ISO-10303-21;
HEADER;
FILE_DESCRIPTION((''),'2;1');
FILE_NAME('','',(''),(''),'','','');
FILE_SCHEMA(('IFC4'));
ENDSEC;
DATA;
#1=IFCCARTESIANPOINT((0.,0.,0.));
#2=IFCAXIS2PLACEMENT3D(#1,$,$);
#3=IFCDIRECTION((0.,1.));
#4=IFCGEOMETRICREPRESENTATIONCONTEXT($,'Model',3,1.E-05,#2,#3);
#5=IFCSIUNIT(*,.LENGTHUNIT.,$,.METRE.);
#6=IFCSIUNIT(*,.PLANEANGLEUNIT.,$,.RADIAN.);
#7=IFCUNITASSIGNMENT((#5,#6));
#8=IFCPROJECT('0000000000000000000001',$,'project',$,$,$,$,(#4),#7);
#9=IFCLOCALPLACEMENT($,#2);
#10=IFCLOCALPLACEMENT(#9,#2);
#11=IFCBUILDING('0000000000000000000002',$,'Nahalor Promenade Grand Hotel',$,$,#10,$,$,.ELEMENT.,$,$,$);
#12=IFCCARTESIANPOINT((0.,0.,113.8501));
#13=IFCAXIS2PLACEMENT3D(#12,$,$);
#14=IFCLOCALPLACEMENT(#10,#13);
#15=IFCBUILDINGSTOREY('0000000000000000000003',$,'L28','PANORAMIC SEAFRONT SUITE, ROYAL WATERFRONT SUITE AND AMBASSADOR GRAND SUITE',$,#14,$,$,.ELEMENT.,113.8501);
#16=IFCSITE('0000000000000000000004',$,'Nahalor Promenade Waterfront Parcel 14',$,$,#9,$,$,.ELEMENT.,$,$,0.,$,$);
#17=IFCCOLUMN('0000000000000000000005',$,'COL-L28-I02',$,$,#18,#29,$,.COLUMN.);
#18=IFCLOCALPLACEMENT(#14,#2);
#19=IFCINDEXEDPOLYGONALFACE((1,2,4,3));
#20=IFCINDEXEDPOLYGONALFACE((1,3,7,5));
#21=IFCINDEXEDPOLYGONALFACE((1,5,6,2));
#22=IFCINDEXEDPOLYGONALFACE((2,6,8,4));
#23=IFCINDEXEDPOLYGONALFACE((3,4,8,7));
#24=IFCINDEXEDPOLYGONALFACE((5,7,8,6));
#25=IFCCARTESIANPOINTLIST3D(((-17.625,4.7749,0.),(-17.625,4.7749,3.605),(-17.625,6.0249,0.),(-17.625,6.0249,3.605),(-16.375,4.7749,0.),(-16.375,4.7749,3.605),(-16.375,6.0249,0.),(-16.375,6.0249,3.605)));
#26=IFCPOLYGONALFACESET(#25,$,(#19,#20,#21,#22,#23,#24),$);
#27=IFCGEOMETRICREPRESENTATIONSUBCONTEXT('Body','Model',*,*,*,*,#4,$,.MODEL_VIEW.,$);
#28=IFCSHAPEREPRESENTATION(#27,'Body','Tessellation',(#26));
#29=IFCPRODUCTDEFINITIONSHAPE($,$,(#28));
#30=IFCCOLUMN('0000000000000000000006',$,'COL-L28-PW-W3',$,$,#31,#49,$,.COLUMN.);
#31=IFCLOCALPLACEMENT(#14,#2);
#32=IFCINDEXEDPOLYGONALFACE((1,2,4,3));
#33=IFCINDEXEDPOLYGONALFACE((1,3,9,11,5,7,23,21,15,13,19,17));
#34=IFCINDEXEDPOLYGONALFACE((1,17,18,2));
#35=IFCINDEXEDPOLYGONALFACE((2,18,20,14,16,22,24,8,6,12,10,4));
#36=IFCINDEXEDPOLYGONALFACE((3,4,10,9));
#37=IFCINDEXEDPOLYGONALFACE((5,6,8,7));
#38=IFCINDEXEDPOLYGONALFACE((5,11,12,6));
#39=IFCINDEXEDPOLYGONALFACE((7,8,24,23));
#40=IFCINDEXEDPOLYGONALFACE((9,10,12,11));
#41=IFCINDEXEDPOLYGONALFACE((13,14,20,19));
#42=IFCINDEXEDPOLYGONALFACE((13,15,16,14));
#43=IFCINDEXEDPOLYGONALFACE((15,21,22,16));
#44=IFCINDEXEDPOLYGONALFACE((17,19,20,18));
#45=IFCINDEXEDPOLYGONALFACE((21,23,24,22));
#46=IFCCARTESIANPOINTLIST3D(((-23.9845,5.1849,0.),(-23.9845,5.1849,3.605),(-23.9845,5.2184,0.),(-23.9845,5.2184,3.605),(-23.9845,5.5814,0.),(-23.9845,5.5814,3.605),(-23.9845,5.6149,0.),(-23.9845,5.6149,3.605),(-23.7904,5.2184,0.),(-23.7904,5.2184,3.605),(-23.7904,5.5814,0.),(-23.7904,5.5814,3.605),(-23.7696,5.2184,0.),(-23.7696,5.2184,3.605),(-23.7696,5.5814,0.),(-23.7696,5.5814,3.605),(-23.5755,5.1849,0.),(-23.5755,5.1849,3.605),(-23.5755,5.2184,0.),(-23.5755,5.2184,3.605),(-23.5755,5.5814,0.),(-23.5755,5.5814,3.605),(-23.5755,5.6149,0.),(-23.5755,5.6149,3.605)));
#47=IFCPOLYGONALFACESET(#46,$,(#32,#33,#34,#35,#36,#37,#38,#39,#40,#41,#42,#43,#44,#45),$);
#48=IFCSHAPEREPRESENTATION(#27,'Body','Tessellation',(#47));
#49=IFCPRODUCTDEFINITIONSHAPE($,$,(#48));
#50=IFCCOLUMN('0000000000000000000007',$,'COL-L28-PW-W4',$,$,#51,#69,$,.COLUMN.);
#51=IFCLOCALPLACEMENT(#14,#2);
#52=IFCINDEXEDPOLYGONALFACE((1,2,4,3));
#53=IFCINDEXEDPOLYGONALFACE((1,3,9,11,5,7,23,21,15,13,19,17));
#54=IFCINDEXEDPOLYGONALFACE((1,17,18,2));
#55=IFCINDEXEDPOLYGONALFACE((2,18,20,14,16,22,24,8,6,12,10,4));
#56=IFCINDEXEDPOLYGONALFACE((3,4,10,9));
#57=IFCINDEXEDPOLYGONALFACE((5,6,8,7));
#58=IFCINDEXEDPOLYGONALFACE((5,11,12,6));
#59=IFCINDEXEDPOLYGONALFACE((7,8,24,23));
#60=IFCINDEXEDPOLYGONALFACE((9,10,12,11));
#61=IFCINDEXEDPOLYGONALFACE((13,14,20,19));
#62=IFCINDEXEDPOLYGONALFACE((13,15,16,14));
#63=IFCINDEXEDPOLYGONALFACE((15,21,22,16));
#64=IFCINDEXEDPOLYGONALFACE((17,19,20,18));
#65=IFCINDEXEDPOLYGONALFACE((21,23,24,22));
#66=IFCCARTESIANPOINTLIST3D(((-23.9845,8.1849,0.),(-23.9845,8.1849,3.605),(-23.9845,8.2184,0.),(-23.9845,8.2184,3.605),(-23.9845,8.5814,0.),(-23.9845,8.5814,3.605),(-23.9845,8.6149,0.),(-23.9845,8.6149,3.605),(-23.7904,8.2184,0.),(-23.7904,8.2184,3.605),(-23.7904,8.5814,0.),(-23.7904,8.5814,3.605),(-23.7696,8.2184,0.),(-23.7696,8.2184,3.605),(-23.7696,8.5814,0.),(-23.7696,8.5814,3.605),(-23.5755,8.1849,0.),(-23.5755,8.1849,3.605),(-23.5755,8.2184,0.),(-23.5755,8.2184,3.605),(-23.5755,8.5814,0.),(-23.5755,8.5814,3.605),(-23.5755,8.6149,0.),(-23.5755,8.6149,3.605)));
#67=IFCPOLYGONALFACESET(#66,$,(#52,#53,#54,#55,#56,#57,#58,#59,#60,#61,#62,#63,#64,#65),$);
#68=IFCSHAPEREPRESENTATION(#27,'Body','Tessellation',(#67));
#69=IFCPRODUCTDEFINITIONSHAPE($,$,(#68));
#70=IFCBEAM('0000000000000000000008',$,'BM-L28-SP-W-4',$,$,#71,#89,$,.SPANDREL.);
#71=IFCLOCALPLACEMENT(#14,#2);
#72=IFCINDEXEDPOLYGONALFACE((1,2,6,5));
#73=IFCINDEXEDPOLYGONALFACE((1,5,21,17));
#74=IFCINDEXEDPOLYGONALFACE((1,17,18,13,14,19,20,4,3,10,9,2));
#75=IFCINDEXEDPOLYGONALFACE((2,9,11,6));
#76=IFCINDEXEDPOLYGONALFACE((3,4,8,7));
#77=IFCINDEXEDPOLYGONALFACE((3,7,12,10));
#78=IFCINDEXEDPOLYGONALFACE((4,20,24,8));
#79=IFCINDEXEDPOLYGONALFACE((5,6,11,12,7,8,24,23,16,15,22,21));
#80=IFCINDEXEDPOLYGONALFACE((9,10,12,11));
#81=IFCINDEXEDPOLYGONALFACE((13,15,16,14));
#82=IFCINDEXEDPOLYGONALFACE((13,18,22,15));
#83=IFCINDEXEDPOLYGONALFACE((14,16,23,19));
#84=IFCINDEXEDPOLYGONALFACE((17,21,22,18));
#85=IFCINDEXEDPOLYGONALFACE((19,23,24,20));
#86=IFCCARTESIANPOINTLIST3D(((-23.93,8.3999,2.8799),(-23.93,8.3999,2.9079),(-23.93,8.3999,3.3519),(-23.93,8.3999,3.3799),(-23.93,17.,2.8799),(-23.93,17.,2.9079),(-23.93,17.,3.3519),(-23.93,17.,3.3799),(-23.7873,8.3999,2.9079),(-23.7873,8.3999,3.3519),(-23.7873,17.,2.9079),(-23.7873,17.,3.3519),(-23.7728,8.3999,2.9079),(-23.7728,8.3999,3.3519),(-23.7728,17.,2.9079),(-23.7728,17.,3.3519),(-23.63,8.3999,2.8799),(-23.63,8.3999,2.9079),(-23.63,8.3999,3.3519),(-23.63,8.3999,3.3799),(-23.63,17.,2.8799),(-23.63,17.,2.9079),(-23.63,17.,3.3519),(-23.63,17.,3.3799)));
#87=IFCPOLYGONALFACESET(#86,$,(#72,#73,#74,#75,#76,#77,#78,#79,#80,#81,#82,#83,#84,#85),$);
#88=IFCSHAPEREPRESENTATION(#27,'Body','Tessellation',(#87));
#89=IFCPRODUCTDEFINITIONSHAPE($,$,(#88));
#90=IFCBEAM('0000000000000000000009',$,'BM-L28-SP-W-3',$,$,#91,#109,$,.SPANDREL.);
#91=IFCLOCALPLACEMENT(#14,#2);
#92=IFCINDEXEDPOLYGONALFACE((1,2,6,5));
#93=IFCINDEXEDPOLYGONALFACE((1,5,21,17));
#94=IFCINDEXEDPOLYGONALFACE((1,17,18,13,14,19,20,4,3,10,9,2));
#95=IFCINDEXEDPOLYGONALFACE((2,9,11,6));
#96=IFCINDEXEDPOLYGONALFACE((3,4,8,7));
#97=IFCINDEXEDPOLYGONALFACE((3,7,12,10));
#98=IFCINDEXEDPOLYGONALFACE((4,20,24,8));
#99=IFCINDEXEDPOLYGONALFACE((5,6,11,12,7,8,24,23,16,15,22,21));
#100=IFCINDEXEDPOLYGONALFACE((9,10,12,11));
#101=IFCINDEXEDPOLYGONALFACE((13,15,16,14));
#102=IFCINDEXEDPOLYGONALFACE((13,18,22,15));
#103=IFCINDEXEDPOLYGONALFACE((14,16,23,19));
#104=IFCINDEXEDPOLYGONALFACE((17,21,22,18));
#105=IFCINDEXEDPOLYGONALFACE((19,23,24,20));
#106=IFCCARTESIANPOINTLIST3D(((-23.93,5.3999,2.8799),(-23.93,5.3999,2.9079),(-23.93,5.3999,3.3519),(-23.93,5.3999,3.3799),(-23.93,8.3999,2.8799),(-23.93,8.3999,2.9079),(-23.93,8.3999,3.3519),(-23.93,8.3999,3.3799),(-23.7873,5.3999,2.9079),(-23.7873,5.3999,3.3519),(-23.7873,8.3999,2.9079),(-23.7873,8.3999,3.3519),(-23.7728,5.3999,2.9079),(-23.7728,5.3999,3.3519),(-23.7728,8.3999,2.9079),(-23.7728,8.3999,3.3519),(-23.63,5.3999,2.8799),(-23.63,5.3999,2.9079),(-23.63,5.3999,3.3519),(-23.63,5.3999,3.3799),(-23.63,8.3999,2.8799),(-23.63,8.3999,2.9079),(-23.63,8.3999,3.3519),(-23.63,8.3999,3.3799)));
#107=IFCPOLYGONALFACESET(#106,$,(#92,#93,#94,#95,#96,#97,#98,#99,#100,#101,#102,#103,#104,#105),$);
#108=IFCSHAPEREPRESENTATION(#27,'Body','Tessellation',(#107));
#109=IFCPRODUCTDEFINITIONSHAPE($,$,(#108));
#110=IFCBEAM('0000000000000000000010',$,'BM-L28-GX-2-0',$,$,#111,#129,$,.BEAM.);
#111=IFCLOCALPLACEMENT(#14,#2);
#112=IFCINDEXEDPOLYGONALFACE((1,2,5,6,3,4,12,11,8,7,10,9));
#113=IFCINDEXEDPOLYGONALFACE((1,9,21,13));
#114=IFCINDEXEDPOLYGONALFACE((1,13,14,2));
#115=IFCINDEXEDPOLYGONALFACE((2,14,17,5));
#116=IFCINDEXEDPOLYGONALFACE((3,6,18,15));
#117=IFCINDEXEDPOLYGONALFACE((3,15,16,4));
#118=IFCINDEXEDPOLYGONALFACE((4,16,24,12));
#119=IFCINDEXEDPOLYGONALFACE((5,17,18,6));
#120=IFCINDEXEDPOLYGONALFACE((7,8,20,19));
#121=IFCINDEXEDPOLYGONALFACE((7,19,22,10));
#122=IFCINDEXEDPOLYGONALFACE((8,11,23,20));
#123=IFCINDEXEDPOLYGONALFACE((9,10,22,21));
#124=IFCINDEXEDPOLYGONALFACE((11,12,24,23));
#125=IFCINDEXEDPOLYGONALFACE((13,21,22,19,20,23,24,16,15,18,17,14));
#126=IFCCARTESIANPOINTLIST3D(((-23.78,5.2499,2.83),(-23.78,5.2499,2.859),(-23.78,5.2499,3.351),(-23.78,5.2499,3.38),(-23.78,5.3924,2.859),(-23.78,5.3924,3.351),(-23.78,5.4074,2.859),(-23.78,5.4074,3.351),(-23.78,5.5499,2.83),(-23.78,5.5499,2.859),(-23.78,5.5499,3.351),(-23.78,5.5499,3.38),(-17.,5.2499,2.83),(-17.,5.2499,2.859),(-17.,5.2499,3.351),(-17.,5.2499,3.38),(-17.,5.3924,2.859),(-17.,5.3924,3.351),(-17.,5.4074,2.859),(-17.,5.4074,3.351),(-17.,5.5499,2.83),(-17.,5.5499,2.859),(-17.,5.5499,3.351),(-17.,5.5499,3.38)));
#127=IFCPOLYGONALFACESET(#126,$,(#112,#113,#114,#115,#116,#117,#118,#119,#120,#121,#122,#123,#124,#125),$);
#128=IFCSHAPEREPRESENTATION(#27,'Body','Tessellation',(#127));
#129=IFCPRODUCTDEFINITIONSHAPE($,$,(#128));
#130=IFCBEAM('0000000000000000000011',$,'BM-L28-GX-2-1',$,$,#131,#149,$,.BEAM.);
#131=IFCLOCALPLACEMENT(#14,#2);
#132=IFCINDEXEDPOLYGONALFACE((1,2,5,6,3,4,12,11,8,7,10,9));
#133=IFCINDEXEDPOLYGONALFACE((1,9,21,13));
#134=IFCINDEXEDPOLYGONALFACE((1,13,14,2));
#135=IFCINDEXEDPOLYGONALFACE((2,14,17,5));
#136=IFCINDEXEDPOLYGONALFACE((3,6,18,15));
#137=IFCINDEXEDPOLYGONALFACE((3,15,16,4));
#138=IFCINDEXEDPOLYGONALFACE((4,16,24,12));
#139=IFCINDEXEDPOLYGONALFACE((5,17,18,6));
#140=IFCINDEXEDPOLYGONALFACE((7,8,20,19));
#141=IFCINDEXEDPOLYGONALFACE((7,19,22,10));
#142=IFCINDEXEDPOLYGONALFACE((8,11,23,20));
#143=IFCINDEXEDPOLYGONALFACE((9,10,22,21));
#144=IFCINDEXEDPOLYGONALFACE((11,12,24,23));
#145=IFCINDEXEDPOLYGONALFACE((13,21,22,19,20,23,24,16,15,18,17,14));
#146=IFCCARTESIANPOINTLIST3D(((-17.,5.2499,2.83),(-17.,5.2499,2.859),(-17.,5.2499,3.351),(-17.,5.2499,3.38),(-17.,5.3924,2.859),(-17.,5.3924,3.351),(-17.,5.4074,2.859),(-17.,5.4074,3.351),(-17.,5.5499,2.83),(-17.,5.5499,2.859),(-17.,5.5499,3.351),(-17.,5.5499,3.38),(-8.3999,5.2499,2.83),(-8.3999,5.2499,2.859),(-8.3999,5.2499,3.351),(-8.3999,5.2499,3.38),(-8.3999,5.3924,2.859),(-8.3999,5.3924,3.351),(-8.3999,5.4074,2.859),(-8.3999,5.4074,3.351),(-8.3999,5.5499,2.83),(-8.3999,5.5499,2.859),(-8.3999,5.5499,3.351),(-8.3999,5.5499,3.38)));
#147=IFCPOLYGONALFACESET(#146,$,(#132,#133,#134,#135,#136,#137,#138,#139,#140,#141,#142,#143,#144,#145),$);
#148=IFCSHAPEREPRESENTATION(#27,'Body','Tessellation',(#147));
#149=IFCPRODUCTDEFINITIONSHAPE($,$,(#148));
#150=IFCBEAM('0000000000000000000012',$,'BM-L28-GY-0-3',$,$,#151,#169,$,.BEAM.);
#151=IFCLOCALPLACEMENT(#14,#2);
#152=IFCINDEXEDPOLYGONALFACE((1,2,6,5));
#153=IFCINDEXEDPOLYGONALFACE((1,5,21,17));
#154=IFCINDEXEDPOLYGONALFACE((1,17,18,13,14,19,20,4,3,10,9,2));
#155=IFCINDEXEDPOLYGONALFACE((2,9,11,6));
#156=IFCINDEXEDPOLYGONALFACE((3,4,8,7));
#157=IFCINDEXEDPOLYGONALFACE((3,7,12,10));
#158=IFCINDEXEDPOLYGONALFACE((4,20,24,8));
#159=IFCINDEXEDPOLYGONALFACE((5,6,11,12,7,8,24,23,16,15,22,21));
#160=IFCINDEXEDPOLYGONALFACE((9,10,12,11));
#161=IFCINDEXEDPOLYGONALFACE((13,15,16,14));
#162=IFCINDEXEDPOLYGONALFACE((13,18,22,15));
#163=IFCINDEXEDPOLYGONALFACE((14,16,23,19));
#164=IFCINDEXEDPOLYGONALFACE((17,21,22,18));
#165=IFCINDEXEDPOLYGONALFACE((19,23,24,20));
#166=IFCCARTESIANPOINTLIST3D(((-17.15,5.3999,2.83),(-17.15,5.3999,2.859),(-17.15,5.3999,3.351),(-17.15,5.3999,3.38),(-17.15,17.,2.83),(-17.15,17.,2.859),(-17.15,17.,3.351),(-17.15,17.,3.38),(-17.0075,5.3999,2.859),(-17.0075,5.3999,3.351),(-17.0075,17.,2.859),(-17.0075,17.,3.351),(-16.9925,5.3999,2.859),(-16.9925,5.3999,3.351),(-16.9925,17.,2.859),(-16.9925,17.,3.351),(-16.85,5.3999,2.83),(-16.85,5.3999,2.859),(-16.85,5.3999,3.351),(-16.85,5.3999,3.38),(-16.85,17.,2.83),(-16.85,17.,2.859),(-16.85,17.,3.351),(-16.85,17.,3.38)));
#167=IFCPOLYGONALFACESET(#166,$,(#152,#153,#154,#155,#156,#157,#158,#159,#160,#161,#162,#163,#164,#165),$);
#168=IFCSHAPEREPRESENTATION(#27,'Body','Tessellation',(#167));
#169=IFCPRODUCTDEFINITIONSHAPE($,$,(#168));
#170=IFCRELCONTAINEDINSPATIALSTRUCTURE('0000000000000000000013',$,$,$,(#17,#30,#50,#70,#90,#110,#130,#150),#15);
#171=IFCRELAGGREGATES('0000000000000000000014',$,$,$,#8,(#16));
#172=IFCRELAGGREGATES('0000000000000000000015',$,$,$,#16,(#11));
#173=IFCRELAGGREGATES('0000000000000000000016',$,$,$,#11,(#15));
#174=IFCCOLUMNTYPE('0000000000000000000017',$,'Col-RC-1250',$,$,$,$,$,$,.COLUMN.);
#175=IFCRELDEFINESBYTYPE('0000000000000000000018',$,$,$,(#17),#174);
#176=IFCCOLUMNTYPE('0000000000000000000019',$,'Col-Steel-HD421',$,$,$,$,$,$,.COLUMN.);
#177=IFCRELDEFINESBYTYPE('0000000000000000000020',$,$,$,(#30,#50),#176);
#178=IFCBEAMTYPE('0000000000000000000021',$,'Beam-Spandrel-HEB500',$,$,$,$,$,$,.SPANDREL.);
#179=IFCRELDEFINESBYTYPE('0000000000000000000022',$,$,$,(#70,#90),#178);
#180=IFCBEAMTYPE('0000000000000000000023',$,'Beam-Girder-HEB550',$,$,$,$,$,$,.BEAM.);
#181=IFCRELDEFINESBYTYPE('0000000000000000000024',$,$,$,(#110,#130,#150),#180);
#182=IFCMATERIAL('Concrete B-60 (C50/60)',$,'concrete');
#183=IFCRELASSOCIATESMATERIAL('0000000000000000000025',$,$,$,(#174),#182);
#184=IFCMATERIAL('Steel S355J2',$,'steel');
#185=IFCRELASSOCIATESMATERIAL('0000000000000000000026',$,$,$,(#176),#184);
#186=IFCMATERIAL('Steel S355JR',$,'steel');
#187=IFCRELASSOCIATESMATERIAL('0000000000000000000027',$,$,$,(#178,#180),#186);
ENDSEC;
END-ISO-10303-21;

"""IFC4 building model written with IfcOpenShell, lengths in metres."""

from ifc_helpers import new_model, si_unit, direction, frame, origin, origin_2d, place, context, subcontext, project, spatial, rectangle, i_section, extrude, source, transform, mapped, material, material_profile, profile_set, type_object, element, save


model = new_model("IFC4")

# Units and contexts
model_context = context("Model", 3, precision=1e-05, world=origin(), true_north=direction((0.0, 1.0)))
body_context = subcontext(model_context, "Body", "Model", "MODEL_VIEW")
ifc_project = project(units=[si_unit("LENGTHUNIT", "METRE"), si_unit("PLANEANGLEUNIT", "RADIAN")], contexts=[model_context])

# Site, building, storey
site_placement = place(None, origin())
site = spatial("IfcSite", under=ifc_project, at=site_placement, Name="Nahalor Promenade Waterfront Parcel 14", CompositionType="ELEMENT", RefElevation=0.0)
building_placement = place(site_placement, origin())
building = spatial("IfcBuilding", under=site, at=building_placement, Name="Nahalor Promenade Grand Hotel", CompositionType="ELEMENT")
storey_placement = place(building_placement, frame((0.0, 0.0, 113.8501)))
storey = spatial("IfcBuildingStorey", under=building, at=storey_placement, Name="L28", Description="PANORAMIC SEAFRONT SUITE, ROYAL WATERFRONT SUITE AND AMBASSADOR GRAND SUITE", CompositionType="ELEMENT", Elevation=113.8501)

# Columns
ifc_material_1 = material(Name="Concrete B-60 (C50/60)", Category="concrete")
ifc_material_profile_1 = material_profile(ifc_material_1, rectangle(XDim=1.25, YDim=1.25, at=origin_2d()), Name="RC 1250x1250")
ifc_profile_set_1 = profile_set([ifc_material_profile_1], Name="Concrete B-60 (C50/60)")
column_type_1 = type_object("IfcColumnType", Name="Col-RC-1250", PredefinedType="COLUMN", material=ifc_profile_set_1)
shared_shape_1 = source(origin(), body_context, "Body", "SweptSolid", [
    extrude(rectangle(XDim=1.25, YDim=1.25, at=origin_2d()), origin(), (0.0, 0.0, 1.0), 3.605),
])
column_placement = place(storey_placement, frame((-17.0, 5.3999, 0.0), z_axis=(0.0, 0.0, 1.0), x_axis=(1.0, 0.0, 0.0)))
element("IfcColumn", 1, at=column_placement, inside=storey, type_object=column_type_1, Name="COL-L28-I02", PredefinedType="COLUMN", context=body_context, shape_type="MappedRepresentation", body=[
    mapped(shared_shape_1, transform((0.0, 0.0, 0.0), scale=1.0)),
])
ifc_material_2 = material(Name="Steel S355J2", Category="steel")
ifc_material_profile_2 = material_profile(ifc_material_2, i_section(OverallWidth=0.409, OverallDepth=0.43, WebThickness=0.0208, FlangeThickness=0.0335, at=origin_2d()), Name="HD 400x421")
ifc_profile_set_2 = profile_set([ifc_material_profile_2], Name="Steel S355J2")
column_type_2 = type_object("IfcColumnType", Name="Col-Steel-HD421", PredefinedType="COLUMN", material=ifc_profile_set_2)
shared_shape_2 = source(origin(), body_context, "Body", "SweptSolid", [
    extrude(i_section(OverallWidth=0.409, OverallDepth=0.43, WebThickness=0.0208, FlangeThickness=0.0335, at=origin_2d()), origin(), (0.0, 0.0, 1.0), 3.605),
])
for number, where, z_axis, x_axis, name in (
    (2, (-23.78, 5.3999, 0.0), (0.0, 0.0, 1.0), (1.0, 0.0, 0.0), "COL-L28-PW-W3"),
    (3, (-23.78, 8.3999, 0.0), (0.0, 0.0, 1.0), (1.0, 0.0, 0.0), "COL-L28-PW-W4"),
):
    element("IfcColumn", number, at=place(storey_placement, frame(where, z_axis=z_axis, x_axis=x_axis)), inside=storey, type_object=column_type_2, Name=name, PredefinedType="COLUMN", context=body_context, shape_type="MappedRepresentation", body=[
        mapped(shared_shape_2, transform((0.0, 0.0, 0.0), scale=1.0)),
    ])

# Beams
ifc_material_3 = material(Name="Steel S355JR", Category="steel")
ifc_material_profile_3 = material_profile(ifc_material_3, i_section(OverallWidth=0.3, OverallDepth=0.5, WebThickness=0.0145, FlangeThickness=0.028, at=origin_2d()), Name="HEB 500")
ifc_profile_set_3 = profile_set([ifc_material_profile_3], Name="Steel S355JR")
beam_type_1 = type_object("IfcBeamType", Name="Beam-Spandrel-HEB500", PredefinedType="SPANDREL", material=ifc_profile_set_3)
shared_shape_3 = source(origin(), body_context, "Body", "SweptSolid", [
    extrude(i_section(OverallWidth=0.3, OverallDepth=0.5, WebThickness=0.0145, FlangeThickness=0.028, at=origin_2d()), origin(), (0.0, 0.0, 1.0), 8.6001),
])
beam_1_placement = place(storey_placement, frame((-23.78, 8.3999, 3.1299), z_axis=(0.0, 1.0, 0.0), x_axis=(-1.0, 0.0, 0.0)))
element("IfcBeam", 4, at=beam_1_placement, inside=storey, type_object=beam_type_1, Name="BM-L28-SP-W-4", PredefinedType="SPANDREL", context=body_context, shape_type="MappedRepresentation", body=[
    mapped(shared_shape_3, transform((0.0, 0.0, 0.0), scale=1.0)),
])
shared_shape_4 = source(origin(), body_context, "Body", "SweptSolid", [
    extrude(i_section(OverallWidth=0.3, OverallDepth=0.5, WebThickness=0.0145, FlangeThickness=0.028, at=origin_2d()), origin(), (0.0, 0.0, 1.0), 3.0),
])
beam_2_placement = place(storey_placement, frame((-23.78, 5.3999, 3.1299), z_axis=(0.0, 1.0, 0.0), x_axis=(-1.0, 0.0, 0.0)))
element("IfcBeam", 5, at=beam_2_placement, inside=storey, type_object=beam_type_1, Name="BM-L28-SP-W-3", PredefinedType="SPANDREL", context=body_context, shape_type="MappedRepresentation", body=[
    mapped(shared_shape_4, transform((0.0, 0.0, 0.0), scale=1.0)),
])
ifc_material_profile_4 = material_profile(ifc_material_3, i_section(OverallWidth=0.3, OverallDepth=0.55, WebThickness=0.015, FlangeThickness=0.029, at=origin_2d()), Name="HEB 550")
ifc_profile_set_4 = profile_set([ifc_material_profile_4], Name="Steel S355JR")
beam_type_2 = type_object("IfcBeamType", Name="Beam-Girder-HEB550", PredefinedType="BEAM", material=ifc_profile_set_4)
shared_shape_5 = source(origin(), body_context, "Body", "SweptSolid", [
    extrude(i_section(OverallWidth=0.3, OverallDepth=0.55, WebThickness=0.015, FlangeThickness=0.029, at=origin_2d()), origin(), (0.0, 0.0, 1.0), 6.78),
])
beam_3_placement = place(storey_placement, frame((-23.78, 5.3999, 3.105), z_axis=(1.0, 0.0, 0.0), x_axis=(0.0, 1.0, 0.0)))
element("IfcBeam", 6, at=beam_3_placement, inside=storey, type_object=beam_type_2, Name="BM-L28-GX-2-0", PredefinedType="BEAM", context=body_context, shape_type="MappedRepresentation", body=[
    mapped(shared_shape_5, transform((0.0, 0.0, 0.0), scale=1.0)),
])
shared_shape_6 = source(origin(), body_context, "Body", "SweptSolid", [
    extrude(i_section(OverallWidth=0.3, OverallDepth=0.55, WebThickness=0.015, FlangeThickness=0.029, at=origin_2d()), origin(), (0.0, 0.0, 1.0), 8.6001),
])
beam_4_placement = place(storey_placement, frame((-17.0, 5.3999, 3.105), z_axis=(1.0, 0.0, 0.0), x_axis=(0.0, 1.0, 0.0)))
element("IfcBeam", 7, at=beam_4_placement, inside=storey, type_object=beam_type_2, Name="BM-L28-GX-2-1", PredefinedType="BEAM", context=body_context, shape_type="MappedRepresentation", body=[
    mapped(shared_shape_6, transform((0.0, 0.0, 0.0), scale=1.0)),
])
shared_shape_7 = source(origin(), body_context, "Body", "SweptSolid", [
    extrude(i_section(OverallWidth=0.3, OverallDepth=0.55, WebThickness=0.015, FlangeThickness=0.029, at=origin_2d()), origin(), (0.0, 0.0, 1.0), 11.6001),
])
beam_5_placement = place(storey_placement, frame((-17.0, 5.3999, 3.105), z_axis=(0.0, 1.0, 0.0), x_axis=(-1.0, 0.0, 0.0)))
element("IfcBeam", 8, at=beam_5_placement, inside=storey, type_object=beam_type_2, Name="BM-L28-GY-0-3", PredefinedType="BEAM", context=body_context, shape_type="MappedRepresentation", body=[
    mapped(shared_shape_7, transform((0.0, 0.0, 0.0), scale=1.0)),
])

save(model, "model.ifc")
